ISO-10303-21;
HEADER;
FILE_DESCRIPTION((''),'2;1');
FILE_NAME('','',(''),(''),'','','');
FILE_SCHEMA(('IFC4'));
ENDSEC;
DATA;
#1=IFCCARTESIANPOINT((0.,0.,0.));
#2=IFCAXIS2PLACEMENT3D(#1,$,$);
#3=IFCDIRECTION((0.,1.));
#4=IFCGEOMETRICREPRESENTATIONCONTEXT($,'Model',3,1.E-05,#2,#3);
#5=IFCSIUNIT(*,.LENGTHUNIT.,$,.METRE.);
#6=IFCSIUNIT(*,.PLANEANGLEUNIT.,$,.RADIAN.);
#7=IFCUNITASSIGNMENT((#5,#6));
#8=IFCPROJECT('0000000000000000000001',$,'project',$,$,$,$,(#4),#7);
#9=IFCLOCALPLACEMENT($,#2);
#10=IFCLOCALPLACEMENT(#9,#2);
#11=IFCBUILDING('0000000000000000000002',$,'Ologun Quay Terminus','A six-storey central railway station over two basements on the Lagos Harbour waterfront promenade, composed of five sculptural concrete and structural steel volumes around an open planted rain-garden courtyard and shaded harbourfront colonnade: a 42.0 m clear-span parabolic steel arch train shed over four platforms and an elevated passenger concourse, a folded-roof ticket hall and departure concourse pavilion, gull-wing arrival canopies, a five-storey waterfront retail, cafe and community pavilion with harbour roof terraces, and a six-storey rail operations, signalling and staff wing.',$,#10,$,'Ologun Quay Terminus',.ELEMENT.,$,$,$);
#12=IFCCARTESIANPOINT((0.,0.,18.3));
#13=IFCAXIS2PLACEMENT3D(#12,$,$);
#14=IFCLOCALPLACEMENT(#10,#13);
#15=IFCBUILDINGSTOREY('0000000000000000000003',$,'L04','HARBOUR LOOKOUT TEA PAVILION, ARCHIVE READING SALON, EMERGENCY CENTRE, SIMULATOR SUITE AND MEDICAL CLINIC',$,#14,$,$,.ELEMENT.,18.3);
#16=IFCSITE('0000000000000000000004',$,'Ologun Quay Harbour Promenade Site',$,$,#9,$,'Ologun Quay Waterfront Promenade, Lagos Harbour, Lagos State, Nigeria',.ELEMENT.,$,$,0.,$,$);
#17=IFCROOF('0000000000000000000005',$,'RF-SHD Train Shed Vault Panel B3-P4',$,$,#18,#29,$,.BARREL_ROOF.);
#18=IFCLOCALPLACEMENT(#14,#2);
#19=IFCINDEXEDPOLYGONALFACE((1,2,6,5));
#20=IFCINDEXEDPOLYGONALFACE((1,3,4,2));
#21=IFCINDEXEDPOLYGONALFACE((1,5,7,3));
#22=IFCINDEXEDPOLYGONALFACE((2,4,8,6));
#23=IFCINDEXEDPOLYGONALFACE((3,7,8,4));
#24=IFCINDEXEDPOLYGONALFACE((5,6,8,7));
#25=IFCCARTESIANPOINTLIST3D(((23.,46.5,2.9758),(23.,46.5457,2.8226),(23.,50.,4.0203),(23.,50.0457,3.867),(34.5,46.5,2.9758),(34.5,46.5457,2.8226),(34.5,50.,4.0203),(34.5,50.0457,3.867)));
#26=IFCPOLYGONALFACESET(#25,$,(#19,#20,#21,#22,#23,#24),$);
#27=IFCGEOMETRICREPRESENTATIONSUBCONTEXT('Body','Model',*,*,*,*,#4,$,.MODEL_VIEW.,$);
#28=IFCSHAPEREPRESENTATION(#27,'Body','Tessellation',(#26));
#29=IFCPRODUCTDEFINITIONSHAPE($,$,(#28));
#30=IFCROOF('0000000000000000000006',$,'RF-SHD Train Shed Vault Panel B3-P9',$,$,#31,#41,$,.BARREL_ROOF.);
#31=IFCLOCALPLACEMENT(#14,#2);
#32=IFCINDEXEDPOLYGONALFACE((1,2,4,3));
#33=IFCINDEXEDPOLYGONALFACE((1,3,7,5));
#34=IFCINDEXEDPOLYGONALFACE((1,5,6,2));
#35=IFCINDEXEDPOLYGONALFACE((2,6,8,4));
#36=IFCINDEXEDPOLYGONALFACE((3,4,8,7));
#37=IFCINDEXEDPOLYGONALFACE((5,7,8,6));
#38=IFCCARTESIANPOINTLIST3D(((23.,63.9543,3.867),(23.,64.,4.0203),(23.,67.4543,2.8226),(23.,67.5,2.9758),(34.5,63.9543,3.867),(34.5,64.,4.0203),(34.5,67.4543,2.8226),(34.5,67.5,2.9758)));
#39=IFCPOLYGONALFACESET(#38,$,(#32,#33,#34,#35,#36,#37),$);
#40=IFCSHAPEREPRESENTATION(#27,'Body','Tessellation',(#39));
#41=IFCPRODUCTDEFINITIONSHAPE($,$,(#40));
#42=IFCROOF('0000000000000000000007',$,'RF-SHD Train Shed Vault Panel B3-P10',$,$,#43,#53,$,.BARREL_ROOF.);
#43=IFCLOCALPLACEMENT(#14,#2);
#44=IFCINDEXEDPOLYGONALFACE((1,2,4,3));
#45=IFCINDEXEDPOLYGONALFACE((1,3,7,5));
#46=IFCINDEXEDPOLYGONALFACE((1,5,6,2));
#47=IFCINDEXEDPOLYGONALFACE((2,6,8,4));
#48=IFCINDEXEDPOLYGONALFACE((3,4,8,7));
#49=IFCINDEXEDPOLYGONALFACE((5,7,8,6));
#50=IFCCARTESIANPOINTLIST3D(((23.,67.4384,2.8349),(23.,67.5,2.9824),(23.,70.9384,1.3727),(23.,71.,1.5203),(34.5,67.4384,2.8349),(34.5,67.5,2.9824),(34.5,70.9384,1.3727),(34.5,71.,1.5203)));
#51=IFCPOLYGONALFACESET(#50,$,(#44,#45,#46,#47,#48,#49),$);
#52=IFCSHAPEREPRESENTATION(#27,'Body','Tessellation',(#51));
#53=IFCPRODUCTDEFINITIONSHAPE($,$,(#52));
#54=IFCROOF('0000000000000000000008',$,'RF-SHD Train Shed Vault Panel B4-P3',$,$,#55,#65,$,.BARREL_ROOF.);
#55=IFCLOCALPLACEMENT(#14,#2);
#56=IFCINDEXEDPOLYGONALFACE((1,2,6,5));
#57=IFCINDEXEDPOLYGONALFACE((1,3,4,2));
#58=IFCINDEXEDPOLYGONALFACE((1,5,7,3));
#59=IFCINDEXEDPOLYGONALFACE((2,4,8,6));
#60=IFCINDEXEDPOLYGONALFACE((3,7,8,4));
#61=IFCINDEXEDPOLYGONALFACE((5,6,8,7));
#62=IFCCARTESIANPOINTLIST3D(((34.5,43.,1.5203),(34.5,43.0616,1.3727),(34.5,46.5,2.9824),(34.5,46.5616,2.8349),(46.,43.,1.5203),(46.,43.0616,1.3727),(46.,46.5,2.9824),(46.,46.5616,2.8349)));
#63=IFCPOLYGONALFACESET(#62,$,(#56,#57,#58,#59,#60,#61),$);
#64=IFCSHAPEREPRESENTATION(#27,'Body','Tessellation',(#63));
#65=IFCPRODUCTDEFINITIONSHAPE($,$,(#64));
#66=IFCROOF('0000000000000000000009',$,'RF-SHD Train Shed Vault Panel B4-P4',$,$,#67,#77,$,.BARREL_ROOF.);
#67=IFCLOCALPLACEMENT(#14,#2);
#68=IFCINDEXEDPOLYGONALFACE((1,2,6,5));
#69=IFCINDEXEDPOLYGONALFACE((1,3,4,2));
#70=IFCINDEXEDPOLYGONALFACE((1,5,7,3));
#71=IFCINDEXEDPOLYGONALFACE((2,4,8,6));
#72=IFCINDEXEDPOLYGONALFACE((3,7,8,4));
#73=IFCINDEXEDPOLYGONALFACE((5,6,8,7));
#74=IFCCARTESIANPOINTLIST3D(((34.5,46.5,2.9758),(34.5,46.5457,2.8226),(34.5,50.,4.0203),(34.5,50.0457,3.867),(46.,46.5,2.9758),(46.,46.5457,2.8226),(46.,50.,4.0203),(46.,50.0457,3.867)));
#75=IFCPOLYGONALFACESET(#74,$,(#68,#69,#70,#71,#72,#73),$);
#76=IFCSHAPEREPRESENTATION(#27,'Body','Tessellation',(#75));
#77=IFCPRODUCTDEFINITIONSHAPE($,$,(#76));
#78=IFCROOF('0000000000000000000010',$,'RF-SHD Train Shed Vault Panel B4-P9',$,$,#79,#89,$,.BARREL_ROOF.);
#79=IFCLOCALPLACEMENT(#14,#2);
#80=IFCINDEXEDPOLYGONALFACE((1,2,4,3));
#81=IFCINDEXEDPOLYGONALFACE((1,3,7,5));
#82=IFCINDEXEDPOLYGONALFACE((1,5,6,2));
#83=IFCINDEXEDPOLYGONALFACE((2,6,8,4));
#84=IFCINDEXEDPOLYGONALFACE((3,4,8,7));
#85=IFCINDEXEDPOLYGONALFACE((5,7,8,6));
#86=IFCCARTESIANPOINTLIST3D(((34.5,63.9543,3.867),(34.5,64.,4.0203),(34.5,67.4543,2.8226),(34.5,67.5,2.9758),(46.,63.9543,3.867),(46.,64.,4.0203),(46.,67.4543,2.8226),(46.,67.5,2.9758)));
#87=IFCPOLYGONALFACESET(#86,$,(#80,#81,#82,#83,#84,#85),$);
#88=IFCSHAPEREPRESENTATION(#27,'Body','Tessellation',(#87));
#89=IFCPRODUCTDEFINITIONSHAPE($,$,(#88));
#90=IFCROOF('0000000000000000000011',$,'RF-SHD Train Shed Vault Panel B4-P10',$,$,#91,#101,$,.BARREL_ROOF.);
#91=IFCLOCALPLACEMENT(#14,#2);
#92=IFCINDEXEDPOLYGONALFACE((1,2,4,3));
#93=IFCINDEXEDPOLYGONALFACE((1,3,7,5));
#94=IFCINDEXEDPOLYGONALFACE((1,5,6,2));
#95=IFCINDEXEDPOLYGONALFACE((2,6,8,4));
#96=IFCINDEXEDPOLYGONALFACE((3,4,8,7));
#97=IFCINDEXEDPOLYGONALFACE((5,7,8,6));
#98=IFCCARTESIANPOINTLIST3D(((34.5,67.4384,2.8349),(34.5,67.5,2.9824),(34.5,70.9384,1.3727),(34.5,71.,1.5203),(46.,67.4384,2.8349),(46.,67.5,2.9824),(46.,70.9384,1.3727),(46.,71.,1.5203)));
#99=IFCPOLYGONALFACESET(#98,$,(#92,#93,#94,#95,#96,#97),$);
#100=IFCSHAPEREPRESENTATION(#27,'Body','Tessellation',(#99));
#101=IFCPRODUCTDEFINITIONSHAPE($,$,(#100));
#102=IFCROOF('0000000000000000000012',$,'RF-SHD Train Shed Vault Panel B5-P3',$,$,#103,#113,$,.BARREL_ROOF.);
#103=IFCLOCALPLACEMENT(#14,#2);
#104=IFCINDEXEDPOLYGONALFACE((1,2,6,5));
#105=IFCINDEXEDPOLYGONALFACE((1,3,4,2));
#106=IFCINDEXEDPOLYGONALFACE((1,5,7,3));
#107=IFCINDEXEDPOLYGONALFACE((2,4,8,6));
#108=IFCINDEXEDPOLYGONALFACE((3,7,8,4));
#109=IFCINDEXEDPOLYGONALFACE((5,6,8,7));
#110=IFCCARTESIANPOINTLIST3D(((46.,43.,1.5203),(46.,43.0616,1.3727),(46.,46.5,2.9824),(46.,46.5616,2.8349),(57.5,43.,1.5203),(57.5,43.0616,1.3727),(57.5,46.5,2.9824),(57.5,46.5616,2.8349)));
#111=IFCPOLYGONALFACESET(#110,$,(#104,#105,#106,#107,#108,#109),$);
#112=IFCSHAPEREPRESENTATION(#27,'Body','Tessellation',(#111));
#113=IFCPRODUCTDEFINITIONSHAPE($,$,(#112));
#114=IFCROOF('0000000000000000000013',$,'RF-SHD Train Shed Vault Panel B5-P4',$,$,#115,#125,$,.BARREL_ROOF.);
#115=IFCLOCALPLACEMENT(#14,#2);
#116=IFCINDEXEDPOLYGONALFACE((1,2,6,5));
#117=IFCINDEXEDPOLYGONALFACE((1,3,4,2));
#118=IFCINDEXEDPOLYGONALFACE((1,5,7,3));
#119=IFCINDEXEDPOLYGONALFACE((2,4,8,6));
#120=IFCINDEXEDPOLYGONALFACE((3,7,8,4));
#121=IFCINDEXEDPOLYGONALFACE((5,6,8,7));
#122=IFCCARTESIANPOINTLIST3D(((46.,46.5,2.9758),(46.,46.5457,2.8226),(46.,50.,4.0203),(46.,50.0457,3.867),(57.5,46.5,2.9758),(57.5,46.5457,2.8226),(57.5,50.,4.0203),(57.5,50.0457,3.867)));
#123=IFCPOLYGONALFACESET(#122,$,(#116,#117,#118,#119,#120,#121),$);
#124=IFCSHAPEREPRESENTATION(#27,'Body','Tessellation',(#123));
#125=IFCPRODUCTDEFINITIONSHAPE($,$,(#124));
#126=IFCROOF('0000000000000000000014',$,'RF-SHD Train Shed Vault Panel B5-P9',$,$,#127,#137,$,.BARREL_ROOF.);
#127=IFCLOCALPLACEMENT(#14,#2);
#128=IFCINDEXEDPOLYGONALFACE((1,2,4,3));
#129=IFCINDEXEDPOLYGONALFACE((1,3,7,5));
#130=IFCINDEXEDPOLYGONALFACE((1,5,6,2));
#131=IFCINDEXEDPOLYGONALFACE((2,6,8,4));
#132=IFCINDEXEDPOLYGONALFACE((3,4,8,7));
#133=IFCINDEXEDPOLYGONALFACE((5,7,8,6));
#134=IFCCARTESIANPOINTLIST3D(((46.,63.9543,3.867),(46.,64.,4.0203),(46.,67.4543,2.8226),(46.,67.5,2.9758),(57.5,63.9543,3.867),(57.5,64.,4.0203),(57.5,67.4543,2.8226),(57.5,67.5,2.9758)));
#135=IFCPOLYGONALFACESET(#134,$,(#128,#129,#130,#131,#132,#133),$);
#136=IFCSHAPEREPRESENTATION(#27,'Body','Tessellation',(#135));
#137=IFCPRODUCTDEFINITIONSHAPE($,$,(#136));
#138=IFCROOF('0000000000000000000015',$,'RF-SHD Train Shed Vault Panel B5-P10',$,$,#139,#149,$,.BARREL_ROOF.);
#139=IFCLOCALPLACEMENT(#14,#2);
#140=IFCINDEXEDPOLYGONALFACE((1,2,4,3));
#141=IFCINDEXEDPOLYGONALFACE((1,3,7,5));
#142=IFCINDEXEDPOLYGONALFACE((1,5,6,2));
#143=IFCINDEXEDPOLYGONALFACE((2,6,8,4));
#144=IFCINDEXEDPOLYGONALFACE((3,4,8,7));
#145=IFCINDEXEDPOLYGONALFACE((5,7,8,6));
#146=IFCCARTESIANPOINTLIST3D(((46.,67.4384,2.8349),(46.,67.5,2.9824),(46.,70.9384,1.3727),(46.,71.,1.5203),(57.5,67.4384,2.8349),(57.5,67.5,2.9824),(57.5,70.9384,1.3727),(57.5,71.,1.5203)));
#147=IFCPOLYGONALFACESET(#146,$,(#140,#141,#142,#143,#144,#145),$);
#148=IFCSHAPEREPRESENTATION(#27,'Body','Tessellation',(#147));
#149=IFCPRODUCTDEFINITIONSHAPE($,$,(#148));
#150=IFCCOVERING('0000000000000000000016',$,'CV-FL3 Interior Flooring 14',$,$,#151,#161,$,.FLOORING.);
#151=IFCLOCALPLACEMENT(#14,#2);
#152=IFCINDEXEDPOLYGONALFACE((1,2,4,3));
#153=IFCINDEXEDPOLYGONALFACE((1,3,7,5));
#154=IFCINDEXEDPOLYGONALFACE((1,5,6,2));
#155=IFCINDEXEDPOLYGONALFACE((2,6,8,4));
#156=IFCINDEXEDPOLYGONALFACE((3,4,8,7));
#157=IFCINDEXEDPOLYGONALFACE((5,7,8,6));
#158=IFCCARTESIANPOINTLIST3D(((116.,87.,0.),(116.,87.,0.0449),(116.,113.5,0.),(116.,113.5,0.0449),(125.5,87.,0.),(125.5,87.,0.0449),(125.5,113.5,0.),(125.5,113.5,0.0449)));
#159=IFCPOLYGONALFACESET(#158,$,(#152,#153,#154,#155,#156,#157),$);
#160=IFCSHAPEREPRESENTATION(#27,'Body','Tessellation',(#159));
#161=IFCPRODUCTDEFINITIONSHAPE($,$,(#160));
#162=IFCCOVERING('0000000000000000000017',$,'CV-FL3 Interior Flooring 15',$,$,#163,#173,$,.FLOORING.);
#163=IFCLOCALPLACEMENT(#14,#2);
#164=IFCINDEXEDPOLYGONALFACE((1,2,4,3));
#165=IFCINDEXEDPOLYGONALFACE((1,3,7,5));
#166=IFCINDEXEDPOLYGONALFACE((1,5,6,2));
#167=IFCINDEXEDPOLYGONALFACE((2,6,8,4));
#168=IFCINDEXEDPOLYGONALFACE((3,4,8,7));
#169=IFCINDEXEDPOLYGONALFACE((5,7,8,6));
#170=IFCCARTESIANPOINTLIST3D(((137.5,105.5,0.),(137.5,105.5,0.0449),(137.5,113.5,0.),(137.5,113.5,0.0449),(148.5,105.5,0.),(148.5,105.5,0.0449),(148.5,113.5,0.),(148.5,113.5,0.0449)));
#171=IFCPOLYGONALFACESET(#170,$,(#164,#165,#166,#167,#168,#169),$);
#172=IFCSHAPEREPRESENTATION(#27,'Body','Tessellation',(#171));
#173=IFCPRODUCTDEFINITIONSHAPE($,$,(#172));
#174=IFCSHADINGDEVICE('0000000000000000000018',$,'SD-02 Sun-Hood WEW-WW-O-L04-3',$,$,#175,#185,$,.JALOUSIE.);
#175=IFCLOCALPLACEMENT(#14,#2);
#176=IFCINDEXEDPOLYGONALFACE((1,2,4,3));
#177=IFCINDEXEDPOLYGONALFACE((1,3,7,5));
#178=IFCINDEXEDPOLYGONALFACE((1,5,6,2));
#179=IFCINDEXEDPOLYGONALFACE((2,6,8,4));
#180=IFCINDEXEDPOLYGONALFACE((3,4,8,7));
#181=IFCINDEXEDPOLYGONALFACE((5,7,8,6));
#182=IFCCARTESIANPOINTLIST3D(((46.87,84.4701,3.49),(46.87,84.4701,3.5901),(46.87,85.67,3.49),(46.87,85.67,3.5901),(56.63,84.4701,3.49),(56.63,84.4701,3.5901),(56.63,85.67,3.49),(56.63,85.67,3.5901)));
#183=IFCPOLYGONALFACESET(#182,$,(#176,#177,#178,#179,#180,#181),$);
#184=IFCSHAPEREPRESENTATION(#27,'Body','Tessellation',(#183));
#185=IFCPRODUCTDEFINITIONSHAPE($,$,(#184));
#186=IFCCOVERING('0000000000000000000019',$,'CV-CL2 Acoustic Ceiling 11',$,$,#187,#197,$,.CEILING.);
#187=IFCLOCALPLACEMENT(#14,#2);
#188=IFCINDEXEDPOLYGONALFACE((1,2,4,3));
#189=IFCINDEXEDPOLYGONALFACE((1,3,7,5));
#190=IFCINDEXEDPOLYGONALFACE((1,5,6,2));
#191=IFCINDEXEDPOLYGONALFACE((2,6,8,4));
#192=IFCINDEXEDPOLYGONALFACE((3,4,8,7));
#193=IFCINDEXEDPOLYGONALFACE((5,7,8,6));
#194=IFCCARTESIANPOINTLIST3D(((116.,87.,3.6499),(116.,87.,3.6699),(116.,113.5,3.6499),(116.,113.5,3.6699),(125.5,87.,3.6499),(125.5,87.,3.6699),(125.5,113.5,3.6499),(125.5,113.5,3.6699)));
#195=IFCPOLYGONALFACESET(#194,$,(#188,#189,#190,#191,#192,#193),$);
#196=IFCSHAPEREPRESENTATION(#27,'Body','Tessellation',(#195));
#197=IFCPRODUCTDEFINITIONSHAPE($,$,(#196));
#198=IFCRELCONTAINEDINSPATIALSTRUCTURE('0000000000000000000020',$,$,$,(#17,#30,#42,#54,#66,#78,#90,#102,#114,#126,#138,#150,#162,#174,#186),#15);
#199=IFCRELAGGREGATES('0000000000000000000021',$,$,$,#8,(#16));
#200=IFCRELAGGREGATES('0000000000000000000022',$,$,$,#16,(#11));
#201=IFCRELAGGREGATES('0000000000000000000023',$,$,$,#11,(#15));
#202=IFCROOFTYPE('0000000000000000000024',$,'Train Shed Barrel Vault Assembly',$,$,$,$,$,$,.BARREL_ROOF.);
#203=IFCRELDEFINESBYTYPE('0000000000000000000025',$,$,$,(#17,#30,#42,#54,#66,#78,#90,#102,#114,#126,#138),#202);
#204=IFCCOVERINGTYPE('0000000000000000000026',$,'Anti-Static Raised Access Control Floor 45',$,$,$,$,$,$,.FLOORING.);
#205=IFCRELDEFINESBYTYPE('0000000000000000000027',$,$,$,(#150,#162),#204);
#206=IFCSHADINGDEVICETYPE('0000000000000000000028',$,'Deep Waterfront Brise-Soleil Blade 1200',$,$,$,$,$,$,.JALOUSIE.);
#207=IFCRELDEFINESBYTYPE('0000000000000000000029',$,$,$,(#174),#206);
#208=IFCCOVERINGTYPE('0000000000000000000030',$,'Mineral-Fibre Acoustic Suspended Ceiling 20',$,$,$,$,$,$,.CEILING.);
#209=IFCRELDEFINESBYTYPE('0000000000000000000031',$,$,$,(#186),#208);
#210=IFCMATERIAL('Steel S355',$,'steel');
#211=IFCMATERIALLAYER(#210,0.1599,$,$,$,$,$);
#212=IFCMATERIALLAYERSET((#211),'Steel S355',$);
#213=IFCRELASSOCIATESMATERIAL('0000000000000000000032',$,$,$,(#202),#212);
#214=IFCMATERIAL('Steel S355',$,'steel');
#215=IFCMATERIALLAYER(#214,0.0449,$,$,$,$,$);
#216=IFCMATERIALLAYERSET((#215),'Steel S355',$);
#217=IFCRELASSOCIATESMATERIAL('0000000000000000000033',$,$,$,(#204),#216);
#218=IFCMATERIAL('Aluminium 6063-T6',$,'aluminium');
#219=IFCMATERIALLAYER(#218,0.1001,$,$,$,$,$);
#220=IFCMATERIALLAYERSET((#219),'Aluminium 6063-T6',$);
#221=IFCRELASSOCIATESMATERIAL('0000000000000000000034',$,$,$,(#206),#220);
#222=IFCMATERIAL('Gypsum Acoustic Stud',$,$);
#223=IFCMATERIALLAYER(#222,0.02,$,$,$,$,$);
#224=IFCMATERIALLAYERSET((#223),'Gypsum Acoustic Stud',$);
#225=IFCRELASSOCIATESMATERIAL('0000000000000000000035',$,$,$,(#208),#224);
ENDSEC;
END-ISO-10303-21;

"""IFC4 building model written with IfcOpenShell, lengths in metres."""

from ifc_helpers import new_model, si_unit, direction, frame, origin, origin_2d, place, context, subcontext, project, spatial, polyline, rectangle, outline, extrude, material, layer, layer_set, type_object, element, save


model = new_model("IFC4")

# Units and contexts
model_context = context("Model", 3, precision=1e-05, world=origin(), true_north=direction((0.0, 1.0)))
body_context = subcontext(model_context, "Body", "Model", "MODEL_VIEW")
ifc_project = project(units=[si_unit("LENGTHUNIT", "METRE"), si_unit("PLANEANGLEUNIT", "RADIAN")], contexts=[model_context])

# Site, building, storey
site_placement = place(None, origin())
site = spatial("IfcSite", under=ifc_project, at=site_placement, Name="Ologun Quay Harbour Promenade Site", LongName="Ologun Quay Waterfront Promenade, Lagos Harbour, Lagos State, Nigeria", CompositionType="ELEMENT", RefElevation=0.0)
building_placement = place(site_placement, origin())
building = spatial("IfcBuilding", under=site, at=building_placement, Name="Ologun Quay Terminus", Description="A six-storey central railway station over two basements on the Lagos Harbour waterfront promenade, composed of five sculptural concrete and structural steel volumes around an open planted rain-garden courtyard and shaded harbourfront colonnade: a 42.0 m clear-span parabolic steel arch train shed over four platforms and an elevated passenger concourse, a folded-roof ticket hall and departure concourse pavilion, gull-wing arrival canopies, a five-storey waterfront retail, cafe and community pavilion with harbour roof terraces, and a six-storey rail operations, signalling and staff wing.", LongName="Ologun Quay Terminus", CompositionType="ELEMENT")
storey_placement = place(building_placement, frame((0.0, 0.0, 18.3)))
storey = spatial("IfcBuildingStorey", under=building, at=storey_placement, Name="L04", Description="HARBOUR LOOKOUT TEA PAVILION, ARCHIVE READING SALON, EMERGENCY CENTRE, SIMULATOR SUITE AND MEDICAL CLINIC", CompositionType="ELEMENT", Elevation=18.3)

# Roofs
ifc_material_1 = material(Name="Steel S355", Category="steel")
ifc_layer_1 = layer(ifc_material_1, 0.1599)
ifc_layer_set_1 = layer_set([ifc_layer_1], Name="Steel S355")
roof_type = type_object("IfcRoofType", Name="Train Shed Barrel Vault Assembly", PredefinedType="BARREL_ROOF", material=ifc_layer_set_1)
for number, where, z_axis, x_axis, name in (
    (1, (23.0, 46.5, 2.9758), (0.0, -0.285949, 0.958245), (1.0, 0.0, 0.0), "RF-SHD Train Shed Vault Panel B3-P4"),
    (2, (23.0, 64.0, 4.0203), (0.0, 0.285949, 0.958245), (1.0, 0.0, 0.0), "RF-SHD Train Shed Vault Panel B3-P9"),
):
    element("IfcRoof", number, at=place(storey_placement, frame(where, z_axis=z_axis, x_axis=x_axis)), inside=storey, type_object=roof_type, Name=name, PredefinedType="BARREL_ROOF", context=body_context, shape_type="SweptSolid", body=[
        extrude(outline(polyline([(0.0, 0.0), (11.5, 0.0), (11.5, 3.6525), (0.0, 3.6525), (0.0, 0.0)])), origin(), (0.0, 0.0, -1.0), 0.1599),
    ])
for number, where, z_axis, x_axis, name in (
    (3, (23.0, 67.5, 2.9824), (0.0, 0.385474, 0.922719), (1.0, 0.0, 0.0), "RF-SHD Train Shed Vault Panel B3-P10"),
    (4, (34.5, 43.0, 1.5203), (0.0, -0.385474, 0.922719), (1.0, 0.0, 0.0), "RF-SHD Train Shed Vault Panel B4-P3"),
):
    element("IfcRoof", number, at=place(storey_placement, frame(where, z_axis=z_axis, x_axis=x_axis)), inside=storey, type_object=roof_type, Name=name, PredefinedType="BARREL_ROOF", context=body_context, shape_type="SweptSolid", body=[
        extrude(outline(polyline([(0.0, 0.0), (11.5, 0.0), (11.5, 3.7931), (0.0, 3.7931), (0.0, 0.0)])), origin(), (0.0, 0.0, -1.0), 0.1599),
    ])
for number, where, z_axis, x_axis, name in (
    (5, (34.5, 46.5, 2.9758), (0.0, -0.285949, 0.958245), (1.0, 0.0, 0.0), "RF-SHD Train Shed Vault Panel B4-P4"),
    (6, (34.5, 64.0, 4.0203), (0.0, 0.285949, 0.958245), (1.0, 0.0, 0.0), "RF-SHD Train Shed Vault Panel B4-P9"),
):
    element("IfcRoof", number, at=place(storey_placement, frame(where, z_axis=z_axis, x_axis=x_axis)), inside=storey, type_object=roof_type, Name=name, PredefinedType="BARREL_ROOF", context=body_context, shape_type="SweptSolid", body=[
        extrude(outline(polyline([(0.0, 0.0), (11.5, 0.0), (11.5, 3.6525), (0.0, 3.6525), (0.0, 0.0)])), origin(), (0.0, 0.0, -1.0), 0.1599),
    ])
for number, where, z_axis, x_axis, name in (
    (7, (34.5, 67.5, 2.9824), (0.0, 0.385474, 0.922719), (1.0, 0.0, 0.0), "RF-SHD Train Shed Vault Panel B4-P10"),
    (8, (46.0, 43.0, 1.5203), (0.0, -0.385474, 0.922719), (1.0, 0.0, 0.0), "RF-SHD Train Shed Vault Panel B5-P3"),
):
    element("IfcRoof", number, at=place(storey_placement, frame(where, z_axis=z_axis, x_axis=x_axis)), inside=storey, type_object=roof_type, Name=name, PredefinedType="BARREL_ROOF", context=body_context, shape_type="SweptSolid", body=[
        extrude(outline(polyline([(0.0, 0.0), (11.5, 0.0), (11.5, 3.7931), (0.0, 3.7931), (0.0, 0.0)])), origin(), (0.0, 0.0, -1.0), 0.1599),
    ])
for number, where, z_axis, x_axis, name in (
    (9, (46.0, 46.5, 2.9758), (0.0, -0.285949, 0.958245), (1.0, 0.0, 0.0), "RF-SHD Train Shed Vault Panel B5-P4"),
    (10, (46.0, 64.0, 4.0203), (0.0, 0.285949, 0.958245), (1.0, 0.0, 0.0), "RF-SHD Train Shed Vault Panel B5-P9"),
):
    element("IfcRoof", number, at=place(storey_placement, frame(where, z_axis=z_axis, x_axis=x_axis)), inside=storey, type_object=roof_type, Name=name, PredefinedType="BARREL_ROOF", context=body_context, shape_type="SweptSolid", body=[
        extrude(outline(polyline([(0.0, 0.0), (11.5, 0.0), (11.5, 3.6525), (0.0, 3.6525), (0.0, 0.0)])), origin(), (0.0, 0.0, -1.0), 0.1599),
    ])
roof_1_placement = place(storey_placement, frame((46.0, 67.5, 2.9824), z_axis=(0.0, 0.385474, 0.922719), x_axis=(1.0, 0.0, 0.0)))
element("IfcRoof", 11, at=roof_1_placement, inside=storey, type_object=roof_type, Name="RF-SHD Train Shed Vault Panel B5-P10", PredefinedType="BARREL_ROOF", context=body_context, shape_type="SweptSolid", body=[
    extrude(outline(polyline([(0.0, 0.0), (11.5, 0.0), (11.5, 3.7931), (0.0, 3.7931), (0.0, 0.0)])), origin(), (0.0, 0.0, -1.0), 0.1599),
])

# Coverings
ifc_material_2 = material(Name="Steel S355", Category="steel")
ifc_layer_2 = layer(ifc_material_2, 0.0449)
ifc_layer_set_2 = layer_set([ifc_layer_2], Name="Steel S355")
covering_type_1 = type_object("IfcCoveringType", Name="Anti-Static Raised Access Control Floor 45", PredefinedType="FLOORING", material=ifc_layer_set_2)
covering_1_placement = place(storey_placement, origin())
element("IfcCovering", 12, at=covering_1_placement, inside=storey, type_object=covering_type_1, Name="CV-FL3 Interior Flooring 14", PredefinedType="FLOORING", context=body_context, shape_type="SweptSolid", body=[
    extrude(outline(polyline([(116.0, 87.0), (125.5, 87.0), (125.5, 113.5), (116.0, 113.5), (116.0, 87.0)])), origin(), (0.0, 0.0, 1.0), 0.0449),
])
covering_2_placement = place(storey_placement, origin())
element("IfcCovering", 13, at=covering_2_placement, inside=storey, type_object=covering_type_1, Name="CV-FL3 Interior Flooring 15", PredefinedType="FLOORING", context=body_context, shape_type="SweptSolid", body=[
    extrude(outline(polyline([(137.5, 105.5), (148.5, 105.5), (148.5, 113.5), (137.5, 113.5), (137.5, 105.5)])), origin(), (0.0, 0.0, 1.0), 0.0449),
])

# Shading device
ifc_material_3 = material(Name="Aluminium 6063-T6", Category="aluminium")
ifc_layer_3 = layer(ifc_material_3, 0.1001)
ifc_layer_set_3 = layer_set([ifc_layer_3], Name="Aluminium 6063-T6")
shading_device_type = type_object("IfcShadingDeviceType", Name="Deep Waterfront Brise-Soleil Blade 1200", PredefinedType="JALOUSIE", material=ifc_layer_set_3)
shading_device_placement = place(storey_placement, frame((51.75, 85.0701, 3.49), z_axis=(0.0, 0.0, 1.0), x_axis=(1.0, 0.0, 0.0)))
element("IfcShadingDevice", 14, at=shading_device_placement, inside=storey, type_object=shading_device_type, Name="SD-02 Sun-Hood WEW-WW-O-L04-3", PredefinedType="JALOUSIE", context=body_context, shape_type="SweptSolid", body=[
    extrude(rectangle(XDim=9.76, YDim=1.2, at=origin_2d()), origin(), (0.0, 0.0, 1.0), 0.1001),
])

# Covering
ifc_material_4 = material(Name="Gypsum Acoustic Stud")
ifc_layer_4 = layer(ifc_material_4, 0.02)
ifc_layer_set_4 = layer_set([ifc_layer_4], Name="Gypsum Acoustic Stud")
covering_type_2 = type_object("IfcCoveringType", Name="Mineral-Fibre Acoustic Suspended Ceiling 20", PredefinedType="CEILING", material=ifc_layer_set_4)
covering_3_placement = place(storey_placement, frame((0.0, 0.0, 3.6499)))
element("IfcCovering", 15, at=covering_3_placement, inside=storey, type_object=covering_type_2, Name="CV-CL2 Acoustic Ceiling 11", PredefinedType="CEILING", context=body_context, shape_type="SweptSolid", body=[
    extrude(outline(polyline([(116.0, 87.0), (125.5, 87.0), (125.5, 113.5), (116.0, 113.5), (116.0, 87.0)])), origin(), (0.0, 0.0, 1.0), 0.02),
])

save(model, "model.ifc")
